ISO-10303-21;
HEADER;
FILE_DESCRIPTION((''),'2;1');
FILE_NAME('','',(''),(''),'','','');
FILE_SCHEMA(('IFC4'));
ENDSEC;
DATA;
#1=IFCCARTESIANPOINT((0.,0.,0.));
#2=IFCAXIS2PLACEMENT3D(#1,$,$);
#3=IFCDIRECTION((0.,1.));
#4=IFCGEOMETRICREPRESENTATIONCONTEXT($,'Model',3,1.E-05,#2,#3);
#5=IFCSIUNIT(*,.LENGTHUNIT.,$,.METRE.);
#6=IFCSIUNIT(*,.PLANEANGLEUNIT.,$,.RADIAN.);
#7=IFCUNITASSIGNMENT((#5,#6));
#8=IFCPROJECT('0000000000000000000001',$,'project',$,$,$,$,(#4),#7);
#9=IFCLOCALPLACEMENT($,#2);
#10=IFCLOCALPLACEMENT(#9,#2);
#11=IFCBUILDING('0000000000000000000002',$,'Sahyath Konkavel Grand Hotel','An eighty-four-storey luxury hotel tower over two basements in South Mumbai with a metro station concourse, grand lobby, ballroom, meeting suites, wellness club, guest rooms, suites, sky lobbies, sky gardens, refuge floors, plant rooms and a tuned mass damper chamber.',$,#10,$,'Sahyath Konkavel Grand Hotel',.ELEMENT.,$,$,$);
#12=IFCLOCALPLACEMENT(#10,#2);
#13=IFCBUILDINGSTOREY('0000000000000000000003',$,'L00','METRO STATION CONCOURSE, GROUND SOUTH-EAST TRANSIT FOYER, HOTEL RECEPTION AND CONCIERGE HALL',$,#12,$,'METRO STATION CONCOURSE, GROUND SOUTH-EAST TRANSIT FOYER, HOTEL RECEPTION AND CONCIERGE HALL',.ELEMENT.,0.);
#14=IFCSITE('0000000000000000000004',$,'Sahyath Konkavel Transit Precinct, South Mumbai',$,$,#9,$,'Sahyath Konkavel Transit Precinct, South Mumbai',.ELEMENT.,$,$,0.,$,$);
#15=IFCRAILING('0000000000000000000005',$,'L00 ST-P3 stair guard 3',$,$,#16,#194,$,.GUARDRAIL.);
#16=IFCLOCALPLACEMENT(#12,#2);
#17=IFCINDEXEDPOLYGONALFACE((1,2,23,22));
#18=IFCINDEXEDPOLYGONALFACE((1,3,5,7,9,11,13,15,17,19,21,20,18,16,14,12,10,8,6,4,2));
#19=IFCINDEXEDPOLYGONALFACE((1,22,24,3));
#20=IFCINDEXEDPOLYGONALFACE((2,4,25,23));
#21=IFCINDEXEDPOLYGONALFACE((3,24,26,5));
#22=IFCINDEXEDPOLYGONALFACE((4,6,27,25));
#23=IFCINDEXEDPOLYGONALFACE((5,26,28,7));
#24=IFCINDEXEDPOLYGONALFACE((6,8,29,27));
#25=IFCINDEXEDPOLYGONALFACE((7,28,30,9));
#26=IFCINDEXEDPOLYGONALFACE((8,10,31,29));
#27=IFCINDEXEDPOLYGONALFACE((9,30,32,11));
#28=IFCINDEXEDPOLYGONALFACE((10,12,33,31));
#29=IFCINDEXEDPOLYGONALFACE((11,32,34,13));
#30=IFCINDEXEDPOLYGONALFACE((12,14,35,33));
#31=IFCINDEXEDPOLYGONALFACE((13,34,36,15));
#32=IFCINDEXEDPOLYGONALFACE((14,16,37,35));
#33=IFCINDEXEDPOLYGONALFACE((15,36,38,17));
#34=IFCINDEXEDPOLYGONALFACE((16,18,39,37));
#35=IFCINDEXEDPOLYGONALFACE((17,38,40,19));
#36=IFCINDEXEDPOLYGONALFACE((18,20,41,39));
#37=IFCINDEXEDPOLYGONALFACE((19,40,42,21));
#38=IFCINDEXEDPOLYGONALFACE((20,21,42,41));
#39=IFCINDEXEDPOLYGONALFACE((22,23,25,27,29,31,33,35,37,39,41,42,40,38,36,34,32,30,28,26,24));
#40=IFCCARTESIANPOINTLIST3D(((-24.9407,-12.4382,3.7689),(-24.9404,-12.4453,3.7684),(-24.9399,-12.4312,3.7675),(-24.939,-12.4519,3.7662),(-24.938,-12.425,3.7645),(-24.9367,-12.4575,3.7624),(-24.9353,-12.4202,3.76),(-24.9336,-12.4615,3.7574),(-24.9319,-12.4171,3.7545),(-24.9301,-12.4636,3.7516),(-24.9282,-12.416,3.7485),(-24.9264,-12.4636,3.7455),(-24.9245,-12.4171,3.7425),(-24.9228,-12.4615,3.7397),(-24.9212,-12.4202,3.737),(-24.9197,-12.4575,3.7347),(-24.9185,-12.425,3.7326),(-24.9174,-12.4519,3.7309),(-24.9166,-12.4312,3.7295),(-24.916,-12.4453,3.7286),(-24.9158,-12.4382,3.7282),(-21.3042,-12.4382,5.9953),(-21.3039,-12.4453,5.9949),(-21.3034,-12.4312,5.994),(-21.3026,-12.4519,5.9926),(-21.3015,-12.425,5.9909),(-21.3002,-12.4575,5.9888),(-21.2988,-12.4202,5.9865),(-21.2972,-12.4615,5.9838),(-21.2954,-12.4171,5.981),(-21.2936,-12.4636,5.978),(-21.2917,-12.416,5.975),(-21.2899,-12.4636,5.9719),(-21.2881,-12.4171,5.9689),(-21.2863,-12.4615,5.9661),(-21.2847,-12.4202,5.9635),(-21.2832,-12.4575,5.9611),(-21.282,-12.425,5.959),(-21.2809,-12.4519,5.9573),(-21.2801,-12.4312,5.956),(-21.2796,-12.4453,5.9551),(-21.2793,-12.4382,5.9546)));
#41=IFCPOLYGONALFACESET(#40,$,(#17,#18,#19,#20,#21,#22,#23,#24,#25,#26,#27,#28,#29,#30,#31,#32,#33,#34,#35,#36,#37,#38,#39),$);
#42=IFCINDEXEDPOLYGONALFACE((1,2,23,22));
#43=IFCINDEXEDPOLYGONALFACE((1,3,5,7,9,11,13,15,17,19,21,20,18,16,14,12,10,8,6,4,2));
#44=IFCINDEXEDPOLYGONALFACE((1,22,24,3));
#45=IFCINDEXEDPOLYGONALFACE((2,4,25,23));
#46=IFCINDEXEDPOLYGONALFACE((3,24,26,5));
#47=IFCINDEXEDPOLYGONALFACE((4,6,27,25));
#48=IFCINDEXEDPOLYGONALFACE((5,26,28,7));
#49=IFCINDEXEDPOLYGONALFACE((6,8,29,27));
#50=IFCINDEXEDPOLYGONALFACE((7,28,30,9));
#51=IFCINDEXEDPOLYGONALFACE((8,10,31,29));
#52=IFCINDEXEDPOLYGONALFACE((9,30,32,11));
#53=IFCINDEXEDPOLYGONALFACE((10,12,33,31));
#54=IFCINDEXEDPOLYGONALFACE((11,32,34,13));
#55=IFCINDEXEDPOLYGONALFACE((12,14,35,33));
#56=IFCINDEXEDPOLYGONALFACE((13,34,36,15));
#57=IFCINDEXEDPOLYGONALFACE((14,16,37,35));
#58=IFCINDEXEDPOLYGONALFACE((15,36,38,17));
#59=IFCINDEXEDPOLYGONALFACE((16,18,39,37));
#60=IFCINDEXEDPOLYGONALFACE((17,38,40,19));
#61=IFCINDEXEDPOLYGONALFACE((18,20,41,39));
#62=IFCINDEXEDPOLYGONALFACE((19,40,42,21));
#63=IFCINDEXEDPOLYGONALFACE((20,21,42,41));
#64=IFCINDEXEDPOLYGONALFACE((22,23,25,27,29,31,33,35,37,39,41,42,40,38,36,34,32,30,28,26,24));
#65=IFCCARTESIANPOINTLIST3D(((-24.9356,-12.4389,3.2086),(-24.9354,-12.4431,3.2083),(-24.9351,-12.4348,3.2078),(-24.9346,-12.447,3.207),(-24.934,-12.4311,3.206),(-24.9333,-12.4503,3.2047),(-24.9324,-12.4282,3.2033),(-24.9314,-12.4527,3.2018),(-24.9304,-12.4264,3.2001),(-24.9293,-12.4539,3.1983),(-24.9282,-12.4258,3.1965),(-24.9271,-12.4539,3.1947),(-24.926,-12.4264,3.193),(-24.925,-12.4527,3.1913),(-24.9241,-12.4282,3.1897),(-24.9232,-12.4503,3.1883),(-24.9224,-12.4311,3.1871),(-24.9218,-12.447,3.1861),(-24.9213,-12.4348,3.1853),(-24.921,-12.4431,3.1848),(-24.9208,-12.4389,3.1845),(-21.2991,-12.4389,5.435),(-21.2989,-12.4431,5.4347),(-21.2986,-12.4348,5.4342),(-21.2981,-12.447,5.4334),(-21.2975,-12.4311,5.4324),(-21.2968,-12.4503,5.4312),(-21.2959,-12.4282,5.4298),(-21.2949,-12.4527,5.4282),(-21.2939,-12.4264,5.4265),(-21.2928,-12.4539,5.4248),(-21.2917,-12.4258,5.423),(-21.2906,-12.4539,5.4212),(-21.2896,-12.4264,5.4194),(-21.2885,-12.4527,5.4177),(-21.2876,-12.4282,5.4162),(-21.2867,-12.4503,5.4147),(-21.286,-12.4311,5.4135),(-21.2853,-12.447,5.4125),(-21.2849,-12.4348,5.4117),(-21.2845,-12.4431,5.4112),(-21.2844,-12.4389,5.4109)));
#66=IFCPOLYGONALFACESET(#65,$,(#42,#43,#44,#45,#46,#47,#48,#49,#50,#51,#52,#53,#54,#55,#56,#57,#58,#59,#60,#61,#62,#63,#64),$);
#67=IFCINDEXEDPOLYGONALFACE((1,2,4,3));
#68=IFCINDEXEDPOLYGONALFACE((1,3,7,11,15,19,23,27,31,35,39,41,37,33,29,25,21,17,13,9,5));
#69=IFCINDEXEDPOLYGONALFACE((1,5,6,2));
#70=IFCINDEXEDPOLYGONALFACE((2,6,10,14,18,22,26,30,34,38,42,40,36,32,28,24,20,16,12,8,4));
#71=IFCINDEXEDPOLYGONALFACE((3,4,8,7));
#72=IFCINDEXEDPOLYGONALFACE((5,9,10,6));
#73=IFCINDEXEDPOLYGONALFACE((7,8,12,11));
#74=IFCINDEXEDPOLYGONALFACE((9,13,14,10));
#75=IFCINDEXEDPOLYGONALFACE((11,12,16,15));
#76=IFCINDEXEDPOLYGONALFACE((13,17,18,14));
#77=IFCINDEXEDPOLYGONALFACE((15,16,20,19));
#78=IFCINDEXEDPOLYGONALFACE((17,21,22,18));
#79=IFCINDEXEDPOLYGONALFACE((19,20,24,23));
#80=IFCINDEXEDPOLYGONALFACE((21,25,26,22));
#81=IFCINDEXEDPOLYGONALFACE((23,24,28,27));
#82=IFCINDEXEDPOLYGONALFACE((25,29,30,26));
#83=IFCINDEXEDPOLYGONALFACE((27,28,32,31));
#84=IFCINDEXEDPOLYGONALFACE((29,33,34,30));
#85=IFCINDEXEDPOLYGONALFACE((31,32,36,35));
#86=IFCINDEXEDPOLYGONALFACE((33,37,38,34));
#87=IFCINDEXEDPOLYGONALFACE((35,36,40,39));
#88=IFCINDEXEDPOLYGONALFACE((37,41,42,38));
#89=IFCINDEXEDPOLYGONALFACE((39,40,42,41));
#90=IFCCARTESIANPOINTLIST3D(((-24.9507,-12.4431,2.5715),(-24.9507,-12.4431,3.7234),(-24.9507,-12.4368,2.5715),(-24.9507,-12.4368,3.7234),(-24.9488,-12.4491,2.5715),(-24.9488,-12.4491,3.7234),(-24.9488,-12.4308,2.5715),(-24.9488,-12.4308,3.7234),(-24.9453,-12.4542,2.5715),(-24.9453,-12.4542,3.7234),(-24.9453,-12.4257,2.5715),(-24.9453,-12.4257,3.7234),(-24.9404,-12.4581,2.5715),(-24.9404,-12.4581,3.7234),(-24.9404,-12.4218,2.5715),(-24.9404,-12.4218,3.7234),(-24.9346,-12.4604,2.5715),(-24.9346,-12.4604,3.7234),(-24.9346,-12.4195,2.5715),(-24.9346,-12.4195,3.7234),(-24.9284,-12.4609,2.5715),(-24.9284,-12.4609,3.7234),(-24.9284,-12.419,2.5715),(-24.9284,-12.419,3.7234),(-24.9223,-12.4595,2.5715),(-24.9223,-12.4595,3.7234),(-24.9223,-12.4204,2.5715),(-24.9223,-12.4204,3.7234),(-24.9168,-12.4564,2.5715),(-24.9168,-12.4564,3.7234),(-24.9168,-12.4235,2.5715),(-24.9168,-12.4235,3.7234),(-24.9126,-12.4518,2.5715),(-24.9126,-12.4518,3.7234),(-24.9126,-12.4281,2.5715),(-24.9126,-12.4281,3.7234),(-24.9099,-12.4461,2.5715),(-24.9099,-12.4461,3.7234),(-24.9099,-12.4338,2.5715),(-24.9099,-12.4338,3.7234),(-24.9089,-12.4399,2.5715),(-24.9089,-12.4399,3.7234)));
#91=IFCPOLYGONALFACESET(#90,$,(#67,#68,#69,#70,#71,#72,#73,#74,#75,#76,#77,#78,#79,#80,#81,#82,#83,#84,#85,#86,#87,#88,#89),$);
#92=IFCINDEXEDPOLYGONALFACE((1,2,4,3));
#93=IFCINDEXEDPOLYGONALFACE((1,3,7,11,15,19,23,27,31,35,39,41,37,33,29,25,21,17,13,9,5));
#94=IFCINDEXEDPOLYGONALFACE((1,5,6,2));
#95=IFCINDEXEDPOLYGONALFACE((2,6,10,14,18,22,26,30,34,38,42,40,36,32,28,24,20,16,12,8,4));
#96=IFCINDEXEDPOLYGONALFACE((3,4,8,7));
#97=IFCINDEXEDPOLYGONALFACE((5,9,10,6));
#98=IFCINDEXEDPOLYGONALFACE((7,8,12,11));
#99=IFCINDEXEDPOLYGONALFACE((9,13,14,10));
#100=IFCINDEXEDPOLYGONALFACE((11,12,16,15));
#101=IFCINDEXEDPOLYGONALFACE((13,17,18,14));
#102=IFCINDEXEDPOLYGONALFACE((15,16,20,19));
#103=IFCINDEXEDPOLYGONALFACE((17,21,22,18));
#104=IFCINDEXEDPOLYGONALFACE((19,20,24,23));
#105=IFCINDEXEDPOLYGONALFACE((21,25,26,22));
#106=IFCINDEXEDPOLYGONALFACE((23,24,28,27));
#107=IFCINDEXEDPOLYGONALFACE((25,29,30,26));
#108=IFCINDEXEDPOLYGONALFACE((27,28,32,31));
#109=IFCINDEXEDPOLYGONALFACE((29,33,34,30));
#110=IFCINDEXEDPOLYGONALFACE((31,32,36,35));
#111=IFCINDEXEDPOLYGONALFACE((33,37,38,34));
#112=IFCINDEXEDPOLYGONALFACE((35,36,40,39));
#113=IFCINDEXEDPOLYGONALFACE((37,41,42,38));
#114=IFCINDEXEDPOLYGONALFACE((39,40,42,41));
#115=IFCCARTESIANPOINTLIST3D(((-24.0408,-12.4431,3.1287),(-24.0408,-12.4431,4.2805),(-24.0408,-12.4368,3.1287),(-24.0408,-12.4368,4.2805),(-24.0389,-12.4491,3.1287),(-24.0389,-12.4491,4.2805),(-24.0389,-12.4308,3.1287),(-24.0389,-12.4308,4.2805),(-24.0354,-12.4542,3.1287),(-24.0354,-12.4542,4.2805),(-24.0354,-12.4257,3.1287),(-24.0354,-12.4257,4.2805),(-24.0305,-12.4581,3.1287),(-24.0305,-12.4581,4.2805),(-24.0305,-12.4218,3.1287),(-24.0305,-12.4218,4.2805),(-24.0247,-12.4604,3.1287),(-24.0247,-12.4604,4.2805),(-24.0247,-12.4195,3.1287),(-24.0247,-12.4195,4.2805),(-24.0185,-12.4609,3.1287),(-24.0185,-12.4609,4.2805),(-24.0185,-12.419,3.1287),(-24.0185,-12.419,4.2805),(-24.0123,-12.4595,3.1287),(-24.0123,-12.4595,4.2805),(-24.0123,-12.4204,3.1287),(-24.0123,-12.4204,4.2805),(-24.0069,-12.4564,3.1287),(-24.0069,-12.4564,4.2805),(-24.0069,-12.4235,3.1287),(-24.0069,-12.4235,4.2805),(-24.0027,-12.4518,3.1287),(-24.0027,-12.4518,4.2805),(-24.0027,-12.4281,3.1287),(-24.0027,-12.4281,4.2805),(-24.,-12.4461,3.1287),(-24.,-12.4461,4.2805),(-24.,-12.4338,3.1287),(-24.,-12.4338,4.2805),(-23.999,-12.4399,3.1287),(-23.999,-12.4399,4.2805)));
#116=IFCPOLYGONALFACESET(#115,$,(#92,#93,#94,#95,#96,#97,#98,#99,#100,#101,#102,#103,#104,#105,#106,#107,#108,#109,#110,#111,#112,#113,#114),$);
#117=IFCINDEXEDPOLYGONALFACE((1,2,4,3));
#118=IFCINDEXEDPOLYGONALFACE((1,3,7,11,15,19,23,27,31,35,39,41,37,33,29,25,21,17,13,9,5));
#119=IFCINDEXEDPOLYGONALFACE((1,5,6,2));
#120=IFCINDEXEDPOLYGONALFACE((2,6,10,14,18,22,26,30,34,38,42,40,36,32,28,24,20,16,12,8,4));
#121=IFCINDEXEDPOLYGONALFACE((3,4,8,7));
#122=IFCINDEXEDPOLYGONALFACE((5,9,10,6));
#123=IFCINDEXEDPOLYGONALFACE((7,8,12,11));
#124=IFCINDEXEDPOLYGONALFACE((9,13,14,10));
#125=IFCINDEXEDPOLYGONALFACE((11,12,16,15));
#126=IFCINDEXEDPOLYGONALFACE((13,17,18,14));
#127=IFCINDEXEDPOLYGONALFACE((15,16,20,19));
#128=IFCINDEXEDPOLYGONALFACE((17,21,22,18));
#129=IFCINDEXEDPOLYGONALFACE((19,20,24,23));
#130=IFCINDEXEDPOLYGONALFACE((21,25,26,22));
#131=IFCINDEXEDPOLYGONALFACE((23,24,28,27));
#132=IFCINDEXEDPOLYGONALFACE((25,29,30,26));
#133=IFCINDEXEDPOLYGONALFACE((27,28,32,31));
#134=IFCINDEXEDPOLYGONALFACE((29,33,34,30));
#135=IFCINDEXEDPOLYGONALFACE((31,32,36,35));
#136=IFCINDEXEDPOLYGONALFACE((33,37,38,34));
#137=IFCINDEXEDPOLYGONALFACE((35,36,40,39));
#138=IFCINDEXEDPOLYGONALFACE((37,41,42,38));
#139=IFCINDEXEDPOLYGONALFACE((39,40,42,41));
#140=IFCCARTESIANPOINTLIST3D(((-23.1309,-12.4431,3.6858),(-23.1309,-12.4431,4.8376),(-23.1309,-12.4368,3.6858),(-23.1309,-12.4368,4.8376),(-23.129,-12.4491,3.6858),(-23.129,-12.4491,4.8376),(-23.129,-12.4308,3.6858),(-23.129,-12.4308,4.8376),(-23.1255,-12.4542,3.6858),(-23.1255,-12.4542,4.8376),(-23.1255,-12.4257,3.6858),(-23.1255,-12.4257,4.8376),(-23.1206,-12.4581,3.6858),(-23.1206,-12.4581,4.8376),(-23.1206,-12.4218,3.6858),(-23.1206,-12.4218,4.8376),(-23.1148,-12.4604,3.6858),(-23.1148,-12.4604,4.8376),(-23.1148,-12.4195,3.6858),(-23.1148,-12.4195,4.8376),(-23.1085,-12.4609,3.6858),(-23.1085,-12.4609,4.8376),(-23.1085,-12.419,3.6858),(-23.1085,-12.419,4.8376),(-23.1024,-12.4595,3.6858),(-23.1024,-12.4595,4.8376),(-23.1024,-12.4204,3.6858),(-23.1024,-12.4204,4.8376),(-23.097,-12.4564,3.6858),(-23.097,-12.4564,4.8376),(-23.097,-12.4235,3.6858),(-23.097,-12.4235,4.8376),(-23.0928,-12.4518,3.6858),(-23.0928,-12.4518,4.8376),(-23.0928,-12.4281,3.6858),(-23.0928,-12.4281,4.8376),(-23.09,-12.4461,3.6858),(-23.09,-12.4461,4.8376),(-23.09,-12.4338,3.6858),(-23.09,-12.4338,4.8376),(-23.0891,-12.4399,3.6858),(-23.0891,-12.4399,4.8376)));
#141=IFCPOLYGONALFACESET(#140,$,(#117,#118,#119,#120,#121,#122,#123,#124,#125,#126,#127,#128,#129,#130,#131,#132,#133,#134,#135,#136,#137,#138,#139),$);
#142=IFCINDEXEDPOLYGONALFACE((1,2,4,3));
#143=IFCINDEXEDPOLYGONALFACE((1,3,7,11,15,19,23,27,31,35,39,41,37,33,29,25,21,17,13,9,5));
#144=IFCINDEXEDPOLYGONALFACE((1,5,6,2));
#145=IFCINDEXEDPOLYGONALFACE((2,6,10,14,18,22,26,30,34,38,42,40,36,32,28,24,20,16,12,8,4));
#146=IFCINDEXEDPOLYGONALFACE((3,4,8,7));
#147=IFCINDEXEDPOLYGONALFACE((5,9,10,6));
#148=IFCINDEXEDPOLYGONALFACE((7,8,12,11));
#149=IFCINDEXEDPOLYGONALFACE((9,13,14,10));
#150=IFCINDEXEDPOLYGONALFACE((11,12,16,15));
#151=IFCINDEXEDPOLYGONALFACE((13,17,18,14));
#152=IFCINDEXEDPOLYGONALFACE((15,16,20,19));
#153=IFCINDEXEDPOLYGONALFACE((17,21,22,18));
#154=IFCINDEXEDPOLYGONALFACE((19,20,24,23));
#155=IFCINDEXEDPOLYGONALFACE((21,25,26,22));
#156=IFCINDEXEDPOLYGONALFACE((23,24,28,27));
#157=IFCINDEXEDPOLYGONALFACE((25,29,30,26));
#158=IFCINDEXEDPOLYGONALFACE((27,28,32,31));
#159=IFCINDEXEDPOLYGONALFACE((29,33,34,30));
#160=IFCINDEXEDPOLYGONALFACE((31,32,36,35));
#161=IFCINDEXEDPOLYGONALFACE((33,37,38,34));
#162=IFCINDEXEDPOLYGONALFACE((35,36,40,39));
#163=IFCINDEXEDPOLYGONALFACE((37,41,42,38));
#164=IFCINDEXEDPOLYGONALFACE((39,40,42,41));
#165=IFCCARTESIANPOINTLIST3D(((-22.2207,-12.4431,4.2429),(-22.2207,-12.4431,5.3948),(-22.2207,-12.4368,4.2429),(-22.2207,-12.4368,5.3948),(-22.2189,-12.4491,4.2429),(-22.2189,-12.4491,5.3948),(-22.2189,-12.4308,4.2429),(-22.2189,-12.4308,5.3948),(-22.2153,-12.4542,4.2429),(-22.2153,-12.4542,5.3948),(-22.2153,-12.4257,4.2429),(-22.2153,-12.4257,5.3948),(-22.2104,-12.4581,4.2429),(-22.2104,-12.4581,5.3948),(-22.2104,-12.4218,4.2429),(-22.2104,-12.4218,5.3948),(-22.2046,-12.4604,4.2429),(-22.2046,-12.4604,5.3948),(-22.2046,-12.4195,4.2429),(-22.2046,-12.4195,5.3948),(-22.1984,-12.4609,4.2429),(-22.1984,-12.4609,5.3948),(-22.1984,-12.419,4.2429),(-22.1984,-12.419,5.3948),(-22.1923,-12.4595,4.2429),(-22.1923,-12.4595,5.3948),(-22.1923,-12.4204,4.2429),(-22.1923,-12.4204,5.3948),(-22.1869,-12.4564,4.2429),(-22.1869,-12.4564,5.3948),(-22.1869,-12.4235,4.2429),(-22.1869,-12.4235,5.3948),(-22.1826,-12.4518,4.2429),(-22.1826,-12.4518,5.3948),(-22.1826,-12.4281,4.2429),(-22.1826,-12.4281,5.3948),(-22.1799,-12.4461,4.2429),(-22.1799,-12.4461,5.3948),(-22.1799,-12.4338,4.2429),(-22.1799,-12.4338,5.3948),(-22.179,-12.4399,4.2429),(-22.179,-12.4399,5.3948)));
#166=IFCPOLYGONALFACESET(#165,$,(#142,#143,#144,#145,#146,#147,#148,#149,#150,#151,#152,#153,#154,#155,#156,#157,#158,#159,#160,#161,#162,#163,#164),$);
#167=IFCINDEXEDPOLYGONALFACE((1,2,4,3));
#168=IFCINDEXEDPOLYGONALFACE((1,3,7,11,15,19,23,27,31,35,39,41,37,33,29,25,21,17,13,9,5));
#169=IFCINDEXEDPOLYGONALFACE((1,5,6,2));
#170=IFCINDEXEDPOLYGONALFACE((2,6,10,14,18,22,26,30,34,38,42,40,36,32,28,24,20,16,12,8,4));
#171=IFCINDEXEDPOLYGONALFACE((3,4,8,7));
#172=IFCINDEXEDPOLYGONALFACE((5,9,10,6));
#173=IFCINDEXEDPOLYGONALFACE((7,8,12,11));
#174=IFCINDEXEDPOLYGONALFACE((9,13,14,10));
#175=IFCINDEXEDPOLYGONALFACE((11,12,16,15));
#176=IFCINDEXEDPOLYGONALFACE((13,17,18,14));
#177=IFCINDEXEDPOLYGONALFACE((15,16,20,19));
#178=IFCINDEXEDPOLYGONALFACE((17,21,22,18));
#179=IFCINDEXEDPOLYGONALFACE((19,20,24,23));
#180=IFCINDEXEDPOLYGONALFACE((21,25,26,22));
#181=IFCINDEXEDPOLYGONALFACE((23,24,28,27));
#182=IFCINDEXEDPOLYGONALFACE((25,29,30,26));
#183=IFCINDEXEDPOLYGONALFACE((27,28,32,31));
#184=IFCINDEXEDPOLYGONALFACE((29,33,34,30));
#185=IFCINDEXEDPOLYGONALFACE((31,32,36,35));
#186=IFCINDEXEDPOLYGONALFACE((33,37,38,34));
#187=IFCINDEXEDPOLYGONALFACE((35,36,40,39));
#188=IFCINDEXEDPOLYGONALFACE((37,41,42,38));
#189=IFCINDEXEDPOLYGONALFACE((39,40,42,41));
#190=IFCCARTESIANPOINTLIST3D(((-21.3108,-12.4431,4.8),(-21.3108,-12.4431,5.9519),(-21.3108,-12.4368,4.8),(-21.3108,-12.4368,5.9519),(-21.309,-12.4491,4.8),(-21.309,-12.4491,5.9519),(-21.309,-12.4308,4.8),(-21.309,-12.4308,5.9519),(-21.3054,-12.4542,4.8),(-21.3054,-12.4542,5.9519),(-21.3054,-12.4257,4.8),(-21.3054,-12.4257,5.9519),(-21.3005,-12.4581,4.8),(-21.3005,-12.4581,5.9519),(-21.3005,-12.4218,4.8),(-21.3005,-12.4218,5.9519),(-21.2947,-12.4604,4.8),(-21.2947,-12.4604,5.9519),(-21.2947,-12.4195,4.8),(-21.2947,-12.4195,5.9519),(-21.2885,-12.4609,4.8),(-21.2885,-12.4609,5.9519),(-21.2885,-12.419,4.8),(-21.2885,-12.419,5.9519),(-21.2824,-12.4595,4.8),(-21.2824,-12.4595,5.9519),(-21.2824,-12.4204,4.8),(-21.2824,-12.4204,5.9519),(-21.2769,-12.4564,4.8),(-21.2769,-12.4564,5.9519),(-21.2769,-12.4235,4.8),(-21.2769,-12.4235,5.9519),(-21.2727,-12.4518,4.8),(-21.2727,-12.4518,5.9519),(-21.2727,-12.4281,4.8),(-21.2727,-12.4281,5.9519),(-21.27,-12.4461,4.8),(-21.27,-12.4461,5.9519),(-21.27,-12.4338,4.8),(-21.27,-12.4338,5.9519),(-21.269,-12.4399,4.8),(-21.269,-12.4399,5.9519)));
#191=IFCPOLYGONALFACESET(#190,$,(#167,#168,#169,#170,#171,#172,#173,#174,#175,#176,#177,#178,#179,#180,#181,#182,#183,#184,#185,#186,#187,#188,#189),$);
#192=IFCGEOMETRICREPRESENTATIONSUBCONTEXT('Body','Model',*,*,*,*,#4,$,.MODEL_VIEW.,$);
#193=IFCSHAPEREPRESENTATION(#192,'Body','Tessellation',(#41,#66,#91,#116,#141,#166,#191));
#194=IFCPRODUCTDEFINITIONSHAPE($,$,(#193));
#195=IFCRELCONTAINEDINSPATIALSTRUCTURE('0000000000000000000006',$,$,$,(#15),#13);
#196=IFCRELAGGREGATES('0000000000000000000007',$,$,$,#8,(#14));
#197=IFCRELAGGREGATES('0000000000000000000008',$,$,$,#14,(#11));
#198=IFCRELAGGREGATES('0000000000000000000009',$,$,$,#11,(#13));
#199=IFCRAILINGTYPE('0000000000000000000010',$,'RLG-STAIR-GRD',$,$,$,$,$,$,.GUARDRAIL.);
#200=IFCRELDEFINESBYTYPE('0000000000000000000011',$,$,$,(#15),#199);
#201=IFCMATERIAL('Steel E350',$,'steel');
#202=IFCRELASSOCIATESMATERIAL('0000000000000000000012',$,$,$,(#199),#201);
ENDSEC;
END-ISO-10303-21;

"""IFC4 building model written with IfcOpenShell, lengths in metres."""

from ifc_helpers import new_model, si_unit, direction, frame, origin, origin_2d, place, context, subcontext, project, spatial, circle, extrude, material, type_object, element, save


model = new_model("IFC4")

# Units and contexts
model_context = context("Model", 3, precision=1e-05, world=origin(), true_north=direction((0.0, 1.0)))
body_context = subcontext(model_context, "Body", "Model", "MODEL_VIEW")
ifc_project = project(units=[si_unit("LENGTHUNIT", "METRE"), si_unit("PLANEANGLEUNIT", "RADIAN")], contexts=[model_context])

# Site, building, storey
site_placement = place(None, origin())
site = spatial("IfcSite", under=ifc_project, at=site_placement, Name="Sahyath Konkavel Transit Precinct, South Mumbai", LongName="Sahyath Konkavel Transit Precinct, South Mumbai", CompositionType="ELEMENT", RefElevation=0.0)
building_placement = place(site_placement, origin())
building = spatial("IfcBuilding", under=site, at=building_placement, Name="Sahyath Konkavel Grand Hotel", Description="An eighty-four-storey luxury hotel tower over two basements in South Mumbai with a metro station concourse, grand lobby, ballroom, meeting suites, wellness club, guest rooms, suites, sky lobbies, sky gardens, refuge floors, plant rooms and a tuned mass damper chamber.", LongName="Sahyath Konkavel Grand Hotel", CompositionType="ELEMENT")
storey_placement = place(building_placement, origin())
storey = spatial("IfcBuildingStorey", under=building, at=storey_placement, Name="L00", Description="METRO STATION CONCOURSE, GROUND SOUTH-EAST TRANSIT FOYER, HOTEL RECEPTION AND CONCIERGE HALL", LongName="METRO STATION CONCOURSE, GROUND SOUTH-EAST TRANSIT FOYER, HOTEL RECEPTION AND CONCIERGE HALL", CompositionType="ELEMENT", Elevation=0.0)

# Shared definitions
ifc_material_1 = material(Name="Steel E350", Category="steel")

# Railing
railing_type_1 = type_object("IfcRailingType", Name="RLG-STAIR-GRD", PredefinedType="GUARDRAIL", material=ifc_material_1)
railing_1_placement = place(storey_placement, frame((-24.9299, -12.4399, 2.5715)))
element("IfcRailing", 1, at=railing_1_placement, inside=storey, type_object=railing_type_1, Name="L00 ST-P3 stair guard 3", PredefinedType="GUARDRAIL", context=body_context, shape_type="SweptSolid", body=[
    extrude(circle(Radius=0.0239, at=origin_2d()), frame((0.0017, 0.0, 1.177), z_axis=(0.85285, 0.0, 0.522156), x_axis=(0.0, 1.0, 0.0)), (0.0, 0.0, 1.0), 4.2639),
    extrude(circle(Radius=0.0142, at=origin_2d()), frame((0.0017, 0.0, 0.625), z_axis=(0.85285, 0.0, 0.522156), x_axis=(0.0, 1.0, 0.0)), (0.0, 0.0, 1.0), 4.2639),
    extrude(circle(Radius=0.021, at=origin_2d()), origin(), (0.0, 0.0, 1.0), 1.1519),
    extrude(circle(Radius=0.021, at=origin_2d()), frame((0.9099, 0.0, 0.5571)), (0.0, 0.0, 1.0), 1.1519),
    extrude(circle(Radius=0.021, at=origin_2d()), frame((1.8198, 0.0, 1.1143)), (0.0, 0.0, 1.0), 1.1519),
    extrude(circle(Radius=0.021, at=origin_2d()), frame((2.73, 0.0, 1.6714)), (0.0, 0.0, 1.0), 1.1519),
    extrude(circle(Radius=0.021, at=origin_2d()), frame((3.6399, 0.0, 2.2285)), (0.0, 0.0, 1.0), 1.1519),
])

save(model, "model.ifc")
